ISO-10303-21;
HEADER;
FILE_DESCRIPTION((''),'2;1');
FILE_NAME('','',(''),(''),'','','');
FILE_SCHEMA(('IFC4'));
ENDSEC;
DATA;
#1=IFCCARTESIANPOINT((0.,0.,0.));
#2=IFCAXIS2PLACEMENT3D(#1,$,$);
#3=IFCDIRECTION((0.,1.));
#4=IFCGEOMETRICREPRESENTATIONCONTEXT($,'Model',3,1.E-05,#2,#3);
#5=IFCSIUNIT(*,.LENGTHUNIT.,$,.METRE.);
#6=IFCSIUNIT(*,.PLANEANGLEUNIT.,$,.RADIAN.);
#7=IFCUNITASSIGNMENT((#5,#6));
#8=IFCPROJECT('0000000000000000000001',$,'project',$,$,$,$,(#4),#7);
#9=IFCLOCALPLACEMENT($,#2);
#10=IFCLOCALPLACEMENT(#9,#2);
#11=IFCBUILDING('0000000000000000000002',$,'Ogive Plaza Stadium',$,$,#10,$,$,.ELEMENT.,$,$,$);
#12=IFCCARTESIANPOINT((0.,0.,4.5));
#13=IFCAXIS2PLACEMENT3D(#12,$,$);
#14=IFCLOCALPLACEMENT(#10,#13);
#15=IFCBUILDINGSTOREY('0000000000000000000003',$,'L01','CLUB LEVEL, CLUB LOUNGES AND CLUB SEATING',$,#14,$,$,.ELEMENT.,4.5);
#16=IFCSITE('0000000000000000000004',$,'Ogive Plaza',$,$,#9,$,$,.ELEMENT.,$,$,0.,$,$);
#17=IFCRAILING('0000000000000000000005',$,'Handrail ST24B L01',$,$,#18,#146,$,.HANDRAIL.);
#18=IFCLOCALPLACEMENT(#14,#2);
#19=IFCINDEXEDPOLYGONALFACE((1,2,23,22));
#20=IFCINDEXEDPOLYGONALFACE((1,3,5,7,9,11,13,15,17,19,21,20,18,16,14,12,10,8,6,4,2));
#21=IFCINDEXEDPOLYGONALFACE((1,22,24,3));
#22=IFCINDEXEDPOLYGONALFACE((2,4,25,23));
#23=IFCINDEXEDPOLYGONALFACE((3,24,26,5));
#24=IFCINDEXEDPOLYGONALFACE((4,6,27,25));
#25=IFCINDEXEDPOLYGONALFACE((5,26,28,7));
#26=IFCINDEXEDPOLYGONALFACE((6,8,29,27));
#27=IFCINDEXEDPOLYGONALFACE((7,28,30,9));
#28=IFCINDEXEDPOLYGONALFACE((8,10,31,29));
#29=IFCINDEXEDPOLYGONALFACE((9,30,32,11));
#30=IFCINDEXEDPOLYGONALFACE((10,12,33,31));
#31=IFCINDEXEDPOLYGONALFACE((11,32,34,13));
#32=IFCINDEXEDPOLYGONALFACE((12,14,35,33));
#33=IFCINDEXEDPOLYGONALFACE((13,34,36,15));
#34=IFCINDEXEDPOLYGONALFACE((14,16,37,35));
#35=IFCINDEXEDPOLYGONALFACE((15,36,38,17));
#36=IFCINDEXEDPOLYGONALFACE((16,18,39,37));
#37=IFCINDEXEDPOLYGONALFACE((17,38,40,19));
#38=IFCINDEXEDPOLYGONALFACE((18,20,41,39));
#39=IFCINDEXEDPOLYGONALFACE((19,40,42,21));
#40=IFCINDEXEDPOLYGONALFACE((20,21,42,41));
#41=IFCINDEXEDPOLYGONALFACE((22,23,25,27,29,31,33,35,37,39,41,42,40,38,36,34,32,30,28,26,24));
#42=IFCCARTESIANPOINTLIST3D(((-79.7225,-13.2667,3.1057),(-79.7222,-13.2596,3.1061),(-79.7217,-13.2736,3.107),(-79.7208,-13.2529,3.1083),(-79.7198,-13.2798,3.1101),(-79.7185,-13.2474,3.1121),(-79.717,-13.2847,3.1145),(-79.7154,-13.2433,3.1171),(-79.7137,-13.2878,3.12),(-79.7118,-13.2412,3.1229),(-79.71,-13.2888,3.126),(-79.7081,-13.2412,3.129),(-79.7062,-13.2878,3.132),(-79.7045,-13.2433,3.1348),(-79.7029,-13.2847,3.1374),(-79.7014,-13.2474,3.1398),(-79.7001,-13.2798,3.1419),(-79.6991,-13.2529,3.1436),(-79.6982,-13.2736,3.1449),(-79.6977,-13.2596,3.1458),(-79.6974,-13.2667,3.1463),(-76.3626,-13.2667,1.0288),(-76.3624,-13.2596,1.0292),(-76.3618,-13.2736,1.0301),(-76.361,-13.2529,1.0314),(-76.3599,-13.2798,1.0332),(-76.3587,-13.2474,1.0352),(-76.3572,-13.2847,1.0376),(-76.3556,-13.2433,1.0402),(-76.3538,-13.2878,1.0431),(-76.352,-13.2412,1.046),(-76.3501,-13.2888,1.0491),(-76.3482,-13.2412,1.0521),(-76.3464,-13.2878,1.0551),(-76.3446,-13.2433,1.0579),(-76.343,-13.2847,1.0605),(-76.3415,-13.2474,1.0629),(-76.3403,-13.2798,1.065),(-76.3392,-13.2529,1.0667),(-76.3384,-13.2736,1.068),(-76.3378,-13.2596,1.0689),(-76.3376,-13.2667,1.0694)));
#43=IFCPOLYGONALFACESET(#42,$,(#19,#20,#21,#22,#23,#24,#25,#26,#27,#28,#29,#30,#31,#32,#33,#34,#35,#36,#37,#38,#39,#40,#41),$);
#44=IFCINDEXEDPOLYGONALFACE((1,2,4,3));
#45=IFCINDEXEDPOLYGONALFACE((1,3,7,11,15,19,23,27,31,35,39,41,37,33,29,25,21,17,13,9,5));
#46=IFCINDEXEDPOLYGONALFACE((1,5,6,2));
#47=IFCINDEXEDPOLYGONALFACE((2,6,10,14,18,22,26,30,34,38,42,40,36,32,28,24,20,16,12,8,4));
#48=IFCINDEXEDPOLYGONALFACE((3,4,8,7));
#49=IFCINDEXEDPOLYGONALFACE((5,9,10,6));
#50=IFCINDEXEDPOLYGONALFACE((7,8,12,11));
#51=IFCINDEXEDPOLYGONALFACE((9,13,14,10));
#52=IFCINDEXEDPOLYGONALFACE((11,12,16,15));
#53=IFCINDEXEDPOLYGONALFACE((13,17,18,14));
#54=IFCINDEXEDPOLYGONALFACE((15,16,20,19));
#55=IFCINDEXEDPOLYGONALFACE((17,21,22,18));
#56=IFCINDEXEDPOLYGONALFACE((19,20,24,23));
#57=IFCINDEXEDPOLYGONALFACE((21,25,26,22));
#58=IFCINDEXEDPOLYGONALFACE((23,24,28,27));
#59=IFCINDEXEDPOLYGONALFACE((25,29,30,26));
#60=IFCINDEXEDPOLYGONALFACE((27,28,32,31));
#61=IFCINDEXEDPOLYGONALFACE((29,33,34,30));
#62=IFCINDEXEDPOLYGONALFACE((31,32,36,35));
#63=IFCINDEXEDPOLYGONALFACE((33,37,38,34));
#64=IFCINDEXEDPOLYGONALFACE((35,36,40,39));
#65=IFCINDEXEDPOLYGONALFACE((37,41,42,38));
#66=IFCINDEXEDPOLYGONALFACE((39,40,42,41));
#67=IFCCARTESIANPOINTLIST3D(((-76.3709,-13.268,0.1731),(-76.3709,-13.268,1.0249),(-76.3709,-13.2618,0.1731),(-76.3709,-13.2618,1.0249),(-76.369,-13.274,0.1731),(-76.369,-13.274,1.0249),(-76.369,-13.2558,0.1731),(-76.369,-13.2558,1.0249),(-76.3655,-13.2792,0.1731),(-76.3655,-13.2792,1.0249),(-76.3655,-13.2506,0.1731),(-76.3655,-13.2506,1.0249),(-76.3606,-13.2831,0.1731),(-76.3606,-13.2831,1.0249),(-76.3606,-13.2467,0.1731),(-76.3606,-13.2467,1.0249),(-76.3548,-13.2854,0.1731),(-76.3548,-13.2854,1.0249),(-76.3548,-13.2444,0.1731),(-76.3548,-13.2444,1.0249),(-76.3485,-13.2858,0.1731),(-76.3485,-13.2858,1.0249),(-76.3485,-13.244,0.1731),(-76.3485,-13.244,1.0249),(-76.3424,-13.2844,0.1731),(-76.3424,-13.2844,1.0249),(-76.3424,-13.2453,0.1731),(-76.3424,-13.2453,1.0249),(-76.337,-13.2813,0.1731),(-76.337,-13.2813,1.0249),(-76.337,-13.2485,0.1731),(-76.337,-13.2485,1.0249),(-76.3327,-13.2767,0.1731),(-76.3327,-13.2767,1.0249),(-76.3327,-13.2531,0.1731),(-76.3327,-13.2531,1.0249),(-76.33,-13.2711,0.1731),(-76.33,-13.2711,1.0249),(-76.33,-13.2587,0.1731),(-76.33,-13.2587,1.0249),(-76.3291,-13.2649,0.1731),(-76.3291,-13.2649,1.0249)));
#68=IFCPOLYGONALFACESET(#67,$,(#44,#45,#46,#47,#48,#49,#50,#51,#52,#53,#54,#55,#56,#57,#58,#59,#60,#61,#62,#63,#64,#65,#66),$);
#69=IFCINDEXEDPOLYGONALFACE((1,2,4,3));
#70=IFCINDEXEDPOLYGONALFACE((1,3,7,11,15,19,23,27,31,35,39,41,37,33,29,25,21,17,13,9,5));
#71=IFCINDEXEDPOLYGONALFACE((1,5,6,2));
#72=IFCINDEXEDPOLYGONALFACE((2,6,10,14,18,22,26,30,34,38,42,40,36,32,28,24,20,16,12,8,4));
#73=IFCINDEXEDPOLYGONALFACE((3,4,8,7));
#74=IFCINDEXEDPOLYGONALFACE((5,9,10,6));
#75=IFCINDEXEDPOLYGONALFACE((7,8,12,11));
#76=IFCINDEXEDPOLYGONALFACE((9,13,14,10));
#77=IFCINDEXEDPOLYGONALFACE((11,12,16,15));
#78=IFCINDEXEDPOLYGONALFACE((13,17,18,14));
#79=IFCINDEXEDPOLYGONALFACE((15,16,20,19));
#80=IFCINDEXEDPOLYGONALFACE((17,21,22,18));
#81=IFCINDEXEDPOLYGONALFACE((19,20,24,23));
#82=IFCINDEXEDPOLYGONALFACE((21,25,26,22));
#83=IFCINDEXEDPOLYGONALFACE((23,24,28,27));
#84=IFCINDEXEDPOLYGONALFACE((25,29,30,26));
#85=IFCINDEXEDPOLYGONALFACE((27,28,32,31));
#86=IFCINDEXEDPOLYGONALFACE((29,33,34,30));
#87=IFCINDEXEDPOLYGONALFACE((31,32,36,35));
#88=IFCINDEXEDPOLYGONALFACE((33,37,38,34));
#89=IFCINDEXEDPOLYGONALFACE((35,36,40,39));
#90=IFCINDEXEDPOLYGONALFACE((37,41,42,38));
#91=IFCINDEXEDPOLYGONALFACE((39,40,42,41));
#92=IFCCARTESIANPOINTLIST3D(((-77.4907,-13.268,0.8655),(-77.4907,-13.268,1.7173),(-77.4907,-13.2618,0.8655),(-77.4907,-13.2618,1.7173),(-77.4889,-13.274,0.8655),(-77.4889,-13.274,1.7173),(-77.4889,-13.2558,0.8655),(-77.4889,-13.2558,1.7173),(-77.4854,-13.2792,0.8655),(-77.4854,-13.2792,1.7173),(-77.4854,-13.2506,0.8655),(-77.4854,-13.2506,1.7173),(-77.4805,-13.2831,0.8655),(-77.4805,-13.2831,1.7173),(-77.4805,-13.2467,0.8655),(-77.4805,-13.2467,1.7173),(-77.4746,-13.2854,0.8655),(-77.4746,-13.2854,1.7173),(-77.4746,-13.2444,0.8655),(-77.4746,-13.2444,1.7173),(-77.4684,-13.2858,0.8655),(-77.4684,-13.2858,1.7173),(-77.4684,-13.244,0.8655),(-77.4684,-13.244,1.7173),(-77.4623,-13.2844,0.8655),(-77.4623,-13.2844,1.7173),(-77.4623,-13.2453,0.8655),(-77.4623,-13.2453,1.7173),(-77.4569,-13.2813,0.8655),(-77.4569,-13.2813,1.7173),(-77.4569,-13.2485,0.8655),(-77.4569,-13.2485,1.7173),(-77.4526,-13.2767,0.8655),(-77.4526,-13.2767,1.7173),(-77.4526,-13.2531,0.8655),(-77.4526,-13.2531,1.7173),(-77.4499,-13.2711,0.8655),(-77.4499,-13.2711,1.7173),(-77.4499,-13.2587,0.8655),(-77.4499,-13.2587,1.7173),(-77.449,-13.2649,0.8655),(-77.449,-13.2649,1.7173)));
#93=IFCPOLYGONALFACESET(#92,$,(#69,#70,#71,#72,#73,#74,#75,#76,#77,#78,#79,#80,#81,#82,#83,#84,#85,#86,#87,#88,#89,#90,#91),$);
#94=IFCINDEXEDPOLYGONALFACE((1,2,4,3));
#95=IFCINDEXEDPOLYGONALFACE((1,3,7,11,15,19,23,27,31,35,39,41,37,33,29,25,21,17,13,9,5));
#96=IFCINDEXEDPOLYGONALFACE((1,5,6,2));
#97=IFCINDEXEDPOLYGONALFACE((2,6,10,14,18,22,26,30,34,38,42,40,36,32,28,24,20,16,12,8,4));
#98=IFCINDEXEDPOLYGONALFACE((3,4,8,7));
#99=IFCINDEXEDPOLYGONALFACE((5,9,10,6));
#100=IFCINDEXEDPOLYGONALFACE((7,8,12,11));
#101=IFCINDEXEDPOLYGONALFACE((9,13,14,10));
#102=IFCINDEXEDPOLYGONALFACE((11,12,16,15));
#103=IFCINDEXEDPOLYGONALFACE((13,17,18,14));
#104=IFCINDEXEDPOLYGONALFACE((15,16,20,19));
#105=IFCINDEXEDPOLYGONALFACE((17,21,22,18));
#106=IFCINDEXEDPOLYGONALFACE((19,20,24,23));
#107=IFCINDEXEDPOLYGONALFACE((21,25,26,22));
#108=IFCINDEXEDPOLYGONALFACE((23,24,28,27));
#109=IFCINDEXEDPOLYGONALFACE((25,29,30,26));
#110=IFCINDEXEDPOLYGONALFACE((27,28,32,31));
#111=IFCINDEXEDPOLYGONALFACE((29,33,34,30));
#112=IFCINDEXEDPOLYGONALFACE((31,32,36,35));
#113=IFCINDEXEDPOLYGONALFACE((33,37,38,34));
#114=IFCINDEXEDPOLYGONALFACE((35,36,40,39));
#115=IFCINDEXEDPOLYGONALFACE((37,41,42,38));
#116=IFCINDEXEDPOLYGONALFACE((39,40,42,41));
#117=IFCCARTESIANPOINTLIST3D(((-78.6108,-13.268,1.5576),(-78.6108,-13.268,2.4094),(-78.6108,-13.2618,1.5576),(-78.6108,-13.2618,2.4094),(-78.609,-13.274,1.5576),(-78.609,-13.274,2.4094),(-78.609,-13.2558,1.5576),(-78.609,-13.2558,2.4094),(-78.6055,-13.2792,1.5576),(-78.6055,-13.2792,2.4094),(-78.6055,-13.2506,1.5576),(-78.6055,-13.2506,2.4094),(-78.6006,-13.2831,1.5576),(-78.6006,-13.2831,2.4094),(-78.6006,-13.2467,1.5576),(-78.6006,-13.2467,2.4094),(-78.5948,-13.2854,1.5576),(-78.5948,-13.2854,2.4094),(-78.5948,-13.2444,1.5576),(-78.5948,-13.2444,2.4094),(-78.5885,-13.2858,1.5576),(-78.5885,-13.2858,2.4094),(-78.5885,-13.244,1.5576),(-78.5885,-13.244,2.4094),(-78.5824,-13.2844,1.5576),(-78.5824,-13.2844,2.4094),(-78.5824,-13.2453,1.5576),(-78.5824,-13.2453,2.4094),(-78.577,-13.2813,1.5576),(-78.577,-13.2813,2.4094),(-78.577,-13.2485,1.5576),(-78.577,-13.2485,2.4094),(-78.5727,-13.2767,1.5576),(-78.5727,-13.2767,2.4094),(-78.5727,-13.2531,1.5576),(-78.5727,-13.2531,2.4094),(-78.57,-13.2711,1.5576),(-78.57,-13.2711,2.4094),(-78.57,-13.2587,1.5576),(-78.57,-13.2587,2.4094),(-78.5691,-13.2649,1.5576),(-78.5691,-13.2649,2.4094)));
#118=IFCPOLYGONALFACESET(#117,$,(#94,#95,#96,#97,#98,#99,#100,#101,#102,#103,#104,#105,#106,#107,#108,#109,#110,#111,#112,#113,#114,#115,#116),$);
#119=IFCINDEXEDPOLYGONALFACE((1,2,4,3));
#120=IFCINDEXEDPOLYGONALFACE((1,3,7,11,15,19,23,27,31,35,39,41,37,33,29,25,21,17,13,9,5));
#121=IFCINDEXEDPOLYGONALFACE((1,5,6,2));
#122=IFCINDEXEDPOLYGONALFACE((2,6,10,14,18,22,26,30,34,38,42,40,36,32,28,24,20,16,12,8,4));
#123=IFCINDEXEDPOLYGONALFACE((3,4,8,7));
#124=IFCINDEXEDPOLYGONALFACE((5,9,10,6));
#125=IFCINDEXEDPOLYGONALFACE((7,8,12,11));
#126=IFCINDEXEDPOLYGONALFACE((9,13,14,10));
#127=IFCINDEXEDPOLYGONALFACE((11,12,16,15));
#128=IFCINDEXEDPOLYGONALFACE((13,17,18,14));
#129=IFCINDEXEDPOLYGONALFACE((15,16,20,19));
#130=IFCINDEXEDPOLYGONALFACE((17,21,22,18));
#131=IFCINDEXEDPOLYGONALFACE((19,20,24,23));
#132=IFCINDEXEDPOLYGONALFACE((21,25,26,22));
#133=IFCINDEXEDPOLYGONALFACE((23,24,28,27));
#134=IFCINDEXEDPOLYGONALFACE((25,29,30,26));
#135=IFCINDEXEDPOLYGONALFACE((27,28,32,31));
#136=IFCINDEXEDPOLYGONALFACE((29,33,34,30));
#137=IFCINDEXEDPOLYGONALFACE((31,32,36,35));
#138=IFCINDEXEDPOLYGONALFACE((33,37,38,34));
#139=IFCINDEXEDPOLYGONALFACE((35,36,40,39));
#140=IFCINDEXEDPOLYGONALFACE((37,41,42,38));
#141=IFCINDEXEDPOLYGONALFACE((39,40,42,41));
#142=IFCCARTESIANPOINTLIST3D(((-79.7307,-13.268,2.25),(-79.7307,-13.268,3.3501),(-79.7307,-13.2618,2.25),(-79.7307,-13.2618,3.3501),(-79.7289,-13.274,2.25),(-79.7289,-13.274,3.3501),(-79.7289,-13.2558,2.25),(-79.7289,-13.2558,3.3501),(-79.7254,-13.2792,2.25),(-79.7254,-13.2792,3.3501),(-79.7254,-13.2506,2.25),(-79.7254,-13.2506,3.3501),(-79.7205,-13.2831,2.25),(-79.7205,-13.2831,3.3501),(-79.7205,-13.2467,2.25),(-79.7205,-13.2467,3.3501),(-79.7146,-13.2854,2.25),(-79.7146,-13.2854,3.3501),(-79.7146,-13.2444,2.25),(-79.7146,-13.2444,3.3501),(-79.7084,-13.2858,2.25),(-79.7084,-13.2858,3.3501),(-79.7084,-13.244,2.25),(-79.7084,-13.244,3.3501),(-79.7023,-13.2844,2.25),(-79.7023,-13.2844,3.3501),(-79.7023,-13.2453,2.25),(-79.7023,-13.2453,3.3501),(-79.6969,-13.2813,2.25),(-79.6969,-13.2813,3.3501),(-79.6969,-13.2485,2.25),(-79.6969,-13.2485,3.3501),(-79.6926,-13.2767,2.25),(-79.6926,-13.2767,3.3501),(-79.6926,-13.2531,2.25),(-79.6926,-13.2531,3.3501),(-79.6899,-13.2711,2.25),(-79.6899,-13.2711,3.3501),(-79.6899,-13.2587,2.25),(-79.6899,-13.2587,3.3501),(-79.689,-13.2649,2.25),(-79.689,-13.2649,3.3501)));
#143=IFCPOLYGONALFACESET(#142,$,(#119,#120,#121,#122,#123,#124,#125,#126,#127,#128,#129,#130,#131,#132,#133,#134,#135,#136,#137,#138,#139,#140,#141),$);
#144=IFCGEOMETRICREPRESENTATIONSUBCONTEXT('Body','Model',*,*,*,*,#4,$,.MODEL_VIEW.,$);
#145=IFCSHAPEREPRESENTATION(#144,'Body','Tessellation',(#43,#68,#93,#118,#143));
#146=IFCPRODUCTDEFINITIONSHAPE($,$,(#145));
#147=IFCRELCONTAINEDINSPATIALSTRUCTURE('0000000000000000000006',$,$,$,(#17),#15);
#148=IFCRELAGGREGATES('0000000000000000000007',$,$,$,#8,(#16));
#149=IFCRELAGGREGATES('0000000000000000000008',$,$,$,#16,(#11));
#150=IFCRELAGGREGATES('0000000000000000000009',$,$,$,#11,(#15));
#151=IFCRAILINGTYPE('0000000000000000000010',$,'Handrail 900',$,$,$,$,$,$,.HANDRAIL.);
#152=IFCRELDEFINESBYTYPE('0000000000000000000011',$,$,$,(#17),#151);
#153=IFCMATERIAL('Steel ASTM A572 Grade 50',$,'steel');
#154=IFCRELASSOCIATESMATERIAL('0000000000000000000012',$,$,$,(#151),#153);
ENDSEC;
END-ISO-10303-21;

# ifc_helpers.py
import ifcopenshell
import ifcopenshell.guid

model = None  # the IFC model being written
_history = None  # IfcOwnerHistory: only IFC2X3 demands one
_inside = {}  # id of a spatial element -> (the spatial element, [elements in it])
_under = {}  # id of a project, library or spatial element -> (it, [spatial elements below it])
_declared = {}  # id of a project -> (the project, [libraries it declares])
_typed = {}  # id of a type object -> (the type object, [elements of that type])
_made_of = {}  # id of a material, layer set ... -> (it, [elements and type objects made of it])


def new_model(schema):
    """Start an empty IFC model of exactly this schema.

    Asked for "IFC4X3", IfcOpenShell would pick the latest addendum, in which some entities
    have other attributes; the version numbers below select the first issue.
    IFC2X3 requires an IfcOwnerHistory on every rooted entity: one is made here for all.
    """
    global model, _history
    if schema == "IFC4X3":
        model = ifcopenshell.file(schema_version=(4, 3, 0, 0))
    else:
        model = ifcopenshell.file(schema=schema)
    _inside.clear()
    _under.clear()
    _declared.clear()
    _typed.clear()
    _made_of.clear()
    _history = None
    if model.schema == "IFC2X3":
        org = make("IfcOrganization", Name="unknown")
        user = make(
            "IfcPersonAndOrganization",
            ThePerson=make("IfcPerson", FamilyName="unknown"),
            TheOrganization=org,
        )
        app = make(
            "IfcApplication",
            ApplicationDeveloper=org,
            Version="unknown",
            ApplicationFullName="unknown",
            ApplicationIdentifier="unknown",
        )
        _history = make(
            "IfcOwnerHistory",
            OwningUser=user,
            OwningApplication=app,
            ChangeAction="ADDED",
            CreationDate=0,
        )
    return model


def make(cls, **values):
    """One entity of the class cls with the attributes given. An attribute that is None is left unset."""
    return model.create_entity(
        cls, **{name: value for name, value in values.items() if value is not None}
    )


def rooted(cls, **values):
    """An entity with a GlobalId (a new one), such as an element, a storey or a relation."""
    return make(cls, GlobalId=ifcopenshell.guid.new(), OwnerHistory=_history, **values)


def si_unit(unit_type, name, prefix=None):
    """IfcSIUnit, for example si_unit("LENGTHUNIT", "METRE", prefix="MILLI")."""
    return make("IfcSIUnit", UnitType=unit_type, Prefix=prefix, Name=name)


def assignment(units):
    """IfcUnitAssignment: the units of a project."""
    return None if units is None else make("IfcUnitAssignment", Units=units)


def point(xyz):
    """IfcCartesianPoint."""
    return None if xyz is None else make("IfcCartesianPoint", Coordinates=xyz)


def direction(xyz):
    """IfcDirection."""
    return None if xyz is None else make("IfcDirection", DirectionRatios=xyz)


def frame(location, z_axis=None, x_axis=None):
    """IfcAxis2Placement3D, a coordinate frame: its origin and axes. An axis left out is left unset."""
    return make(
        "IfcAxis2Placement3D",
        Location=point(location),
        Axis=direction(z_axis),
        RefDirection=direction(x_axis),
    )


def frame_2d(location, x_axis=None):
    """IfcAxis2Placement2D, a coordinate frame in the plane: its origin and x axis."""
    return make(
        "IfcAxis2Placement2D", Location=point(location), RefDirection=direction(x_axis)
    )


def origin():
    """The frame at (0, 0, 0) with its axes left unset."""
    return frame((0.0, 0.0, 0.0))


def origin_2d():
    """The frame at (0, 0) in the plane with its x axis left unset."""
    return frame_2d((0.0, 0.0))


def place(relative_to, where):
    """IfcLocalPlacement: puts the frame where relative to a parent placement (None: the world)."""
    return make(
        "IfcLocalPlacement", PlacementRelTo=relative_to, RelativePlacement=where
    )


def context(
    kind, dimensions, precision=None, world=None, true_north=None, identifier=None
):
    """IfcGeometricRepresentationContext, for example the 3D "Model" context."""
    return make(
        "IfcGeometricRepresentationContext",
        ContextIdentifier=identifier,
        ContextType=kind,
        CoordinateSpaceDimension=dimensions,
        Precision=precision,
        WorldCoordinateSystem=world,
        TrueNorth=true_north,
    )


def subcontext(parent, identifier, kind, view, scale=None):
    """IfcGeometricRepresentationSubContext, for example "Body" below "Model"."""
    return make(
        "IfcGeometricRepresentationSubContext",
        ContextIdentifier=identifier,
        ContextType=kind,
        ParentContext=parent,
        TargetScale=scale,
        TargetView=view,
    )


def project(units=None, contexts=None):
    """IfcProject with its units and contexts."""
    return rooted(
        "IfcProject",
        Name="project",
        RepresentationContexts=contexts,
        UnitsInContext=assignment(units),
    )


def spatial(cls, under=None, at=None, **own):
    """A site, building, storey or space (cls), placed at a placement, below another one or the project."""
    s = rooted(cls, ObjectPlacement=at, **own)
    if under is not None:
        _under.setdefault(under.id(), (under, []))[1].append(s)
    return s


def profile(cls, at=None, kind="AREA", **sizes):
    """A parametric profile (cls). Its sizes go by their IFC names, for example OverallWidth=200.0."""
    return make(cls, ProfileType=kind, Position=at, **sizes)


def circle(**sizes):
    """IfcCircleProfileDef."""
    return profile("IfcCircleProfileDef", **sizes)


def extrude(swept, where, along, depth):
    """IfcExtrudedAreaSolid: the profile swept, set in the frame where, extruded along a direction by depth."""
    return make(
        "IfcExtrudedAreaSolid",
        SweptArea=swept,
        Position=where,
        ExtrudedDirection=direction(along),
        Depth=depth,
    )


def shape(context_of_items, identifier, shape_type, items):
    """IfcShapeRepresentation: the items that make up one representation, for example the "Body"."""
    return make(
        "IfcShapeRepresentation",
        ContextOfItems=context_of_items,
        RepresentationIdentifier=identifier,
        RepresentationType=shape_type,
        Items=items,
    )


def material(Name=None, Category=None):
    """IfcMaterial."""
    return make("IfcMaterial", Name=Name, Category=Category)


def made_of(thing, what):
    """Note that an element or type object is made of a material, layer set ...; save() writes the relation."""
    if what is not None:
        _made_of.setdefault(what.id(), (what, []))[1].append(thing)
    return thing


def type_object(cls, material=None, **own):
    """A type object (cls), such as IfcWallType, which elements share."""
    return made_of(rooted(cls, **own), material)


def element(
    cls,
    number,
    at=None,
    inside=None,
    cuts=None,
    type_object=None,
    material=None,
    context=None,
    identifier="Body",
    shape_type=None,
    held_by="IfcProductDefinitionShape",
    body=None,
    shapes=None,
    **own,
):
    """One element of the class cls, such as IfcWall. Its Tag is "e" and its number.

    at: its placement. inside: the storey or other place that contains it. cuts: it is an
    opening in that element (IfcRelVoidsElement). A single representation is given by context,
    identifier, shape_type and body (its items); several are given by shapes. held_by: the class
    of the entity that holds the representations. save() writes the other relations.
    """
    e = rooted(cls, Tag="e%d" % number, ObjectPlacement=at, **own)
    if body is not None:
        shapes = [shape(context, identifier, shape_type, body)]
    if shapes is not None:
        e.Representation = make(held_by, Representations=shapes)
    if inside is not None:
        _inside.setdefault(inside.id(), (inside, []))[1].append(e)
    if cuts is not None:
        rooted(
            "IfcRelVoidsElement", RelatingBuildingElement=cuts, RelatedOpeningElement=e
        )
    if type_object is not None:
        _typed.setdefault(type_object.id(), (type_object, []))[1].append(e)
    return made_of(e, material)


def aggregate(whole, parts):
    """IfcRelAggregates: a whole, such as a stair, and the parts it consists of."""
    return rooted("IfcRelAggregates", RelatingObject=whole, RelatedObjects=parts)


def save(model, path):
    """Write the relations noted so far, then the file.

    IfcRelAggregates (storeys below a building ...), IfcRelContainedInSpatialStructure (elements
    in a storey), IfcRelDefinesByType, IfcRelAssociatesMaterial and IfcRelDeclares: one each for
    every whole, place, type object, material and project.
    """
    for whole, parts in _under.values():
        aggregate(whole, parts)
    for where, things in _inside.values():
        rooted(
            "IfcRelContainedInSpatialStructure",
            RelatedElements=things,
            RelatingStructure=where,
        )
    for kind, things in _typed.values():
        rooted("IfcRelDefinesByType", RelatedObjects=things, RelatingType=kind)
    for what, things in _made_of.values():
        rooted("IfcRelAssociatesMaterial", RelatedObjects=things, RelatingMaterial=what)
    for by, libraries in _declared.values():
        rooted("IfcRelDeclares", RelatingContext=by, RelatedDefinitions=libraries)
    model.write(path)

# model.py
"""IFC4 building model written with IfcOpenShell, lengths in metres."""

from ifc_helpers import new_model, si_unit, direction, frame, origin, origin_2d, place, context, subcontext, project, spatial, circle, extrude, material, type_object, element, save


model = new_model("IFC4")

# Units and contexts
model_context = context("Model", 3, precision=1e-05, world=origin(), true_north=direction((0.0, 1.0)))
body_context = subcontext(model_context, "Body", "Model", "MODEL_VIEW")
ifc_project = project(units=[si_unit("LENGTHUNIT", "METRE"), si_unit("PLANEANGLEUNIT", "RADIAN")], contexts=[model_context])

# Site, building, storey
site_placement = place(None, origin())
site = spatial("IfcSite", under=ifc_project, at=site_placement, Name="Ogive Plaza", CompositionType="ELEMENT", RefElevation=0.0)
building_placement = place(site_placement, origin())
building = spatial("IfcBuilding", under=site, at=building_placement, Name="Ogive Plaza Stadium", CompositionType="ELEMENT")
storey_placement = place(building_placement, frame((0.0, 0.0, 4.5)))
storey = spatial("IfcBuildingStorey", under=building, at=storey_placement, Name="L01", Description="CLUB LEVEL, CLUB LOUNGES AND CLUB SEATING", CompositionType="ELEMENT", Elevation=4.5)

# Railing
ifc_material_1 = material(Name="Steel ASTM A572 Grade 50", Category="steel")
railing_type_1 = type_object("IfcRailingType", Name="Handrail 900", PredefinedType="HANDRAIL", material=ifc_material_1)
for number, where, name in (
    (1, (-76.3501, -13.2649, 0.1731), "Handrail ST24B L01"),
):
    element("IfcRailing", number, at=place(storey_placement, frame(where)), inside=storey, type_object=railing_type_1, Name=name, PredefinedType="HANDRAIL", context=body_context, shape_type="SweptSolid", body=[
        extrude(circle(Radius=0.0239, at=origin_2d()), frame((0.0, 0.0, 0.876), z_axis=(-0.850606, 0.0, 0.525803), x_axis=(0.0, -1.0, 0.0)), (0.0, 0.0, 1.0), 3.95),
        extrude(circle(Radius=0.021, at=origin_2d()), origin(), (0.0, 0.0, 1.0), 0.8518),
        extrude(circle(Radius=0.021, at=origin_2d()), frame((-1.1199, 0.0, 0.6924)), (0.0, 0.0, 1.0), 0.8518),
        extrude(circle(Radius=0.021, at=origin_2d()), frame((-2.24, 0.0, 1.3845)), (0.0, 0.0, 1.0), 0.8518),
        extrude(circle(Radius=0.021, at=origin_2d()), frame((-3.3599, 0.0, 2.0769)), (0.0, 0.0, 1.0), 1.1001),
    ])

save(model, "model.ifc")
